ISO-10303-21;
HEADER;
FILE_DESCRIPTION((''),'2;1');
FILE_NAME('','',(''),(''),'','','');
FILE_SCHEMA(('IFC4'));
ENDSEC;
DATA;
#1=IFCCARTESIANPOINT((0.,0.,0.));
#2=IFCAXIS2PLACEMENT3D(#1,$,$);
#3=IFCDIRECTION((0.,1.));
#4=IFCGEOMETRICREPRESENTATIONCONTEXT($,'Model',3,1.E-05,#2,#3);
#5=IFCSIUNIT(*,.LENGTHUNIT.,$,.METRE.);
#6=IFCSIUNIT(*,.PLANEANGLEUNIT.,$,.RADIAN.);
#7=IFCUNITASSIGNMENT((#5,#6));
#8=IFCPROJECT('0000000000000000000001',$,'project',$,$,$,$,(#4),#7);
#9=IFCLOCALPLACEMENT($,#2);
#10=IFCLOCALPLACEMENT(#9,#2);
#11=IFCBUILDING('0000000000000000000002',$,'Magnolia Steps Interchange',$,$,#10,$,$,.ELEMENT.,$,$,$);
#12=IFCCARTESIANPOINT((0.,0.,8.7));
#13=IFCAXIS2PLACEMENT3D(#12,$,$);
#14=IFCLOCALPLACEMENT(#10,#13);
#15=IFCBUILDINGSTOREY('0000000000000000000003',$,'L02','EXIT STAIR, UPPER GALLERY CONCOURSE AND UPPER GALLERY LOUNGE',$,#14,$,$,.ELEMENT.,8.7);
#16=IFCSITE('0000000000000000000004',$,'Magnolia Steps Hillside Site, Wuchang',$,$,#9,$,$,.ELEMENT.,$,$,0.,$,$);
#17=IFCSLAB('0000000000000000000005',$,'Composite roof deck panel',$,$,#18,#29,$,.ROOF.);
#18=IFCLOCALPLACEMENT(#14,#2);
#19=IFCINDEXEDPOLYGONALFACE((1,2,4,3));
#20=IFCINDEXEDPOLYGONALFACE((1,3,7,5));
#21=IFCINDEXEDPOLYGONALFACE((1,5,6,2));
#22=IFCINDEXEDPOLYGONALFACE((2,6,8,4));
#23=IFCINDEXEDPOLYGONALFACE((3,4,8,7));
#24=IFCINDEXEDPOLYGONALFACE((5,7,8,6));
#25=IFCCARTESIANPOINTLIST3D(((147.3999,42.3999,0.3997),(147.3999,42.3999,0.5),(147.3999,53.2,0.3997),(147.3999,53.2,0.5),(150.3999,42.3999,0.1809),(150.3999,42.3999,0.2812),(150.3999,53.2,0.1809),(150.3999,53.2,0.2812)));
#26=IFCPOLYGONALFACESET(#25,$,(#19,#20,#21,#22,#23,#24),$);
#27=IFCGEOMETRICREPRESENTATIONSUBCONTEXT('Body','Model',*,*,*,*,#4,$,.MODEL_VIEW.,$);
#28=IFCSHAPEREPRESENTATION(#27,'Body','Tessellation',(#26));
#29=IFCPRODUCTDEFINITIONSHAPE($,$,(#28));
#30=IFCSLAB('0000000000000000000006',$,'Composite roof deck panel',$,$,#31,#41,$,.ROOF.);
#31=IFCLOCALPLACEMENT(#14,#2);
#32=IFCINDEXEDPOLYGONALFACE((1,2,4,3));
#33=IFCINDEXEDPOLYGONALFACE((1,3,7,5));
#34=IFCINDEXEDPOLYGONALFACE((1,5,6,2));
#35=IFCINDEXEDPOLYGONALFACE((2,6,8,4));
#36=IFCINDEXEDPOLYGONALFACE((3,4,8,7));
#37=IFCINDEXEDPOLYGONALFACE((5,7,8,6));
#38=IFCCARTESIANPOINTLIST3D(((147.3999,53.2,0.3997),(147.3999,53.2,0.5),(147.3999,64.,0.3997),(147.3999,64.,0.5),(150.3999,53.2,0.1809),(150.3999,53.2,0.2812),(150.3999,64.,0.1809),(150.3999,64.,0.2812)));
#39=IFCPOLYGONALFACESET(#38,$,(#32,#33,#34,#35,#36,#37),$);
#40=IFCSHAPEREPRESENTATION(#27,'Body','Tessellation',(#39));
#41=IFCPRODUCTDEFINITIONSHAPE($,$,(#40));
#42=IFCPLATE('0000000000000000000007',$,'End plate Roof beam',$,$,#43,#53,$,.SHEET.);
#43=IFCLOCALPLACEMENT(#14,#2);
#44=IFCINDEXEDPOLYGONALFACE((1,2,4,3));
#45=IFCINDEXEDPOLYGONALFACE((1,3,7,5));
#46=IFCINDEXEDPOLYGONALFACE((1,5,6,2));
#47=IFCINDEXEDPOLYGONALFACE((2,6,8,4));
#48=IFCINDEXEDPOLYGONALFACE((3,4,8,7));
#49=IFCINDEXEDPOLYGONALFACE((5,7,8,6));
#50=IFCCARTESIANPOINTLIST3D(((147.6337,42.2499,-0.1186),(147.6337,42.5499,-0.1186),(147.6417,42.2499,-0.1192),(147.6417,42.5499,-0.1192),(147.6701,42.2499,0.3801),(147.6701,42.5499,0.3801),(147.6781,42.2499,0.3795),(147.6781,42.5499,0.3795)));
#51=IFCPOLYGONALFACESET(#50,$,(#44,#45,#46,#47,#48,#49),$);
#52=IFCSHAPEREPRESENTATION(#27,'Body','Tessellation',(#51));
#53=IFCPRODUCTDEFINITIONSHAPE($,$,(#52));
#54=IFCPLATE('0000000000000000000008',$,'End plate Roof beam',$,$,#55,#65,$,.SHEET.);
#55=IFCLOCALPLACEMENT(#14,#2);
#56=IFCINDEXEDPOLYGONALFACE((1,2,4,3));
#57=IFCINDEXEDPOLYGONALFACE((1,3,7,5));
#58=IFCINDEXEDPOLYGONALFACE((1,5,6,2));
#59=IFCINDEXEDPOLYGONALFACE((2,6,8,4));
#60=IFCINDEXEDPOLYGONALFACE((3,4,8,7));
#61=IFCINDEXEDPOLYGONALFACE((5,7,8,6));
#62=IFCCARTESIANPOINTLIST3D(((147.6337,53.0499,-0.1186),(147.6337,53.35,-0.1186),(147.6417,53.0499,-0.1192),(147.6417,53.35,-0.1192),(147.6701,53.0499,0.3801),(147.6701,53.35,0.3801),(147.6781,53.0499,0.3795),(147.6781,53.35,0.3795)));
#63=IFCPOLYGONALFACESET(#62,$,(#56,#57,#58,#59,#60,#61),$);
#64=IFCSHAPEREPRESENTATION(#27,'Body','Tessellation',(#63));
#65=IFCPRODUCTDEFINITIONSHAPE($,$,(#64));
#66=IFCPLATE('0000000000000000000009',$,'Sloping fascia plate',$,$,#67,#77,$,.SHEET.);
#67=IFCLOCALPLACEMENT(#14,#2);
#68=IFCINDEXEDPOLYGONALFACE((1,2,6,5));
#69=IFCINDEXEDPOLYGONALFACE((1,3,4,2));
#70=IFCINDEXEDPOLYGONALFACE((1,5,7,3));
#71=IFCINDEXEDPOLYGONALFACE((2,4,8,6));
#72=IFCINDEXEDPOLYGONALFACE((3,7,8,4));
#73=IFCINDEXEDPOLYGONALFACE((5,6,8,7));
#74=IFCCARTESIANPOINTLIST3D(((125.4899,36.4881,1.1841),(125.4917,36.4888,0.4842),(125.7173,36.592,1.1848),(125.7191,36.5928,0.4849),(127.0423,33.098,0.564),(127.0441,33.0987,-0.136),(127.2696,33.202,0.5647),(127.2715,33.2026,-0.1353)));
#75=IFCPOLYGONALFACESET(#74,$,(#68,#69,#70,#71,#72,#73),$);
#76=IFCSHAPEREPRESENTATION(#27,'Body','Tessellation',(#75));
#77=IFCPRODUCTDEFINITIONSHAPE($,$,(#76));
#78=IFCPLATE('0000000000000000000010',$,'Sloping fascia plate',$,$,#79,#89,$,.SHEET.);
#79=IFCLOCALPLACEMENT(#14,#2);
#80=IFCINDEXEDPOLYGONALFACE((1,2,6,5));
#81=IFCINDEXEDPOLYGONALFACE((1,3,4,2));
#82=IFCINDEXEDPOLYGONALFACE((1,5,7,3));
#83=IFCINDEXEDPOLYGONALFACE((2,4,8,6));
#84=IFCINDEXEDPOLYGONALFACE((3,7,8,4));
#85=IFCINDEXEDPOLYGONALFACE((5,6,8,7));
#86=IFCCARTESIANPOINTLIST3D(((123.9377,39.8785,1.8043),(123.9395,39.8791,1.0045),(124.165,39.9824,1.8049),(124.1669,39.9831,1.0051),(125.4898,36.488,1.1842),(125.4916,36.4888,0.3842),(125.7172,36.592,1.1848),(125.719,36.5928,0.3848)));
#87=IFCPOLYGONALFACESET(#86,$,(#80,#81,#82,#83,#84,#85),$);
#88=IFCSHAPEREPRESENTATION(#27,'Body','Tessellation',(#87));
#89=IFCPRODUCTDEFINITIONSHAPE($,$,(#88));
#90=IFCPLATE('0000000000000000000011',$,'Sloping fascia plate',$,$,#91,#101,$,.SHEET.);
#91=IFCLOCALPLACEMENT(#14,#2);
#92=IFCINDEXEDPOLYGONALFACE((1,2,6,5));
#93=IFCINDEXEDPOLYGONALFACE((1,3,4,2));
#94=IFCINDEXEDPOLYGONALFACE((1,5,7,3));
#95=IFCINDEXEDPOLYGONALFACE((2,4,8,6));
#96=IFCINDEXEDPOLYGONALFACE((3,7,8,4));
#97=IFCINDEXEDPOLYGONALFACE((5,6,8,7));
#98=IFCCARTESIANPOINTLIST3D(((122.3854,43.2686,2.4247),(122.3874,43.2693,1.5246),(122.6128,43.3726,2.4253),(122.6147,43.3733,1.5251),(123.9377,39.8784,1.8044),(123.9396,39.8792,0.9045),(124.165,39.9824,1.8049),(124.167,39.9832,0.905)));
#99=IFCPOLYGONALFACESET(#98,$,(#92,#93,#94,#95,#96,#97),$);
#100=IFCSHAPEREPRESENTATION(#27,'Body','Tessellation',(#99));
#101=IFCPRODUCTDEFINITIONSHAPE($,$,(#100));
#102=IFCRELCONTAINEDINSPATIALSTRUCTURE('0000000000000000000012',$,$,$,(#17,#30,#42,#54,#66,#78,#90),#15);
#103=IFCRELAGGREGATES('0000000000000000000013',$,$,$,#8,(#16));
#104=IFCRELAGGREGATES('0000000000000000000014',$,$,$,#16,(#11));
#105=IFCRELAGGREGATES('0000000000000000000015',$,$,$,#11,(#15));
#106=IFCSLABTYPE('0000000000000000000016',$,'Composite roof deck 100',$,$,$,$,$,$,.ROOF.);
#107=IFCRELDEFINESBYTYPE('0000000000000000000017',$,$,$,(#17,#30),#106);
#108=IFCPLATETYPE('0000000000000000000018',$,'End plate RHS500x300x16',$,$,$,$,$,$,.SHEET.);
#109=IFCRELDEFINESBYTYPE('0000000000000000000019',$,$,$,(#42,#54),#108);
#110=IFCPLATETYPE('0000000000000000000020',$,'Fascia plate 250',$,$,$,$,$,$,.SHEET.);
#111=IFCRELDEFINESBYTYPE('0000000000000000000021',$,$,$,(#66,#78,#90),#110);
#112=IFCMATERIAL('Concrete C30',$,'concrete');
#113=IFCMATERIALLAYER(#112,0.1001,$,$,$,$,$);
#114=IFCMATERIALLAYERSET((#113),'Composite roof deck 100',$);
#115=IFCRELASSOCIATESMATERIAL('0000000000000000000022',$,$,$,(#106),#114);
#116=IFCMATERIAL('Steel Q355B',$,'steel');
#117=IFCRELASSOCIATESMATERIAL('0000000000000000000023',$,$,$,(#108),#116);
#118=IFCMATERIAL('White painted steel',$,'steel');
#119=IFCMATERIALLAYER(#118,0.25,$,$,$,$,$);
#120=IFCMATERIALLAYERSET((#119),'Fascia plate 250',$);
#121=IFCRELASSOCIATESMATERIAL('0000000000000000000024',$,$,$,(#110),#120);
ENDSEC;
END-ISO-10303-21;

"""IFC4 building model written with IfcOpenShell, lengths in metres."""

from ifc_helpers import new_model, si_unit, direction, frame, origin, origin_2d, place, context, subcontext, project, spatial, polyline, rectangle, outline, extrude, material, layer, layer_set, material_profile, profile_set, type_object, element, save


model = new_model("IFC4")

# Units and contexts
model_context = context("Model", 3, precision=1e-05, world=origin(), true_north=direction((0.0, 1.0)))
body_context = subcontext(model_context, "Body", "Model", "MODEL_VIEW")
ifc_project = project(units=[si_unit("LENGTHUNIT", "METRE"), si_unit("PLANEANGLEUNIT", "RADIAN")], contexts=[model_context])

# Site, building, storey
site_placement = place(None, origin())
site = spatial("IfcSite", under=ifc_project, at=site_placement, Name="Magnolia Steps Hillside Site, Wuchang", CompositionType="ELEMENT", RefElevation=0.0)
building_placement = place(site_placement, origin())
building = spatial("IfcBuilding", under=site, at=building_placement, Name="Magnolia Steps Interchange", CompositionType="ELEMENT")
storey_placement = place(building_placement, frame((0.0, 0.0, 8.7)))
storey = spatial("IfcBuildingStorey", under=building, at=storey_placement, Name="L02", Description="EXIT STAIR, UPPER GALLERY CONCOURSE AND UPPER GALLERY LOUNGE", CompositionType="ELEMENT", Elevation=8.7)

# Slabs
ifc_material_1 = material(Name="Concrete C30", Category="concrete")
ifc_layer_1 = layer(ifc_material_1, 0.1001)
ifc_layer_set_1 = layer_set([ifc_layer_1], Name="Composite roof deck 100")
slab_type = type_object("IfcSlabType", Name="Composite roof deck 100", PredefinedType="ROOF", material=ifc_layer_set_1)
for number, where, z_axis, x_axis, name in (
    (1, (147.3999, 42.3999, 0.5), (0.072724, 0.0, 0.997352), (0.997352, 0.0, -0.072724), "Composite roof deck panel"),
    (2, (147.3999, 53.2, 0.5), (0.072724, 0.0, 0.997352), (0.997352, 0.0, -0.072724), "Composite roof deck panel"),
):
    element("IfcSlab", number, at=place(storey_placement, frame(where, z_axis=z_axis, x_axis=x_axis)), inside=storey, type_object=slab_type, Name=name, PredefinedType="ROOF", context=body_context, shape_type="SweptSolid", body=[
        extrude(outline(polyline([(0.0, 0.0), (3.008, 0.0), (3.008, 10.8), (0.0, 10.8), (0.0, 0.0)])), origin(), (0.072724, 0.0, -0.997352), 0.1003),
    ])

# Plates
ifc_material_2 = material(Name="Steel Q355B", Category="steel")
ifc_material_profile_1 = material_profile(ifc_material_2, rectangle(XDim=0.3, YDim=0.5, at=origin_2d()), Name="End plate RHS500x300x16")
ifc_profile_set_1 = profile_set([ifc_material_profile_1], Name="Steel Q355B")
plate_type_1 = type_object("IfcPlateType", Name="End plate RHS500x300x16", PredefinedType="SHEET", material=ifc_profile_set_1)
for number, where, z_axis, x_axis, name in (
    (3, (147.6599, 42.3999, 0.1301), (-0.997352, 0.0, 0.072727), (0.0, -1.0, 0.0), "End plate Roof beam"),
    (4, (147.6599, 53.2, 0.1301), (-0.997352, 0.0, 0.072727), (0.0, -1.0, 0.0), "End plate Roof beam"),
):
    element("IfcPlate", number, at=place(storey_placement, frame(where, z_axis=z_axis, x_axis=x_axis)), inside=storey, type_object=plate_type_1, Name=name, PredefinedType="SHEET", context=body_context, shape_type="SweptSolid", body=[
        extrude(rectangle(XDim=0.3, YDim=0.5, at=origin_2d()), origin(), (0.0, 0.0, 1.0), 0.0081),
    ])
ifc_material_3 = material(Name="White painted steel", Category="steel")
ifc_layer_2 = layer(ifc_material_3, 0.25)
ifc_layer_set_2 = layer_set([ifc_layer_2], Name="Fascia plate 250")
plate_type_2 = type_object("IfcPlateType", Name="Fascia plate 250", PredefinedType="SHEET", material=ifc_layer_set_2)
plate_1_placement = place(storey_placement, frame((127.2715, 33.2026, -0.1353), z_axis=(0.909403, 0.415907, 0.002814), x_axis=(-0.410694, 0.896893, 0.164056)))
element("IfcPlate", 5, at=plate_1_placement, inside=storey, type_object=plate_type_2, Name="Sloping fascia plate", PredefinedType="SHEET", context=body_context, shape_type="SweptSolid", body=[
    extrude(outline(polyline([(0.0, 0.0), (3.7799, 0.0), (3.8948, 0.6905), (0.115, 0.6904), (0.0, 0.0)])), origin(), (0.0, 0.0, -1.0), 0.25),
])
plate_2_placement = place(storey_placement, frame((125.719, 36.5928, 0.3848), z_axis=(0.909415, 0.415882, 0.002462), x_axis=(-0.410612, 0.896919, 0.164118)))
element("IfcPlate", 6, at=plate_2_placement, inside=storey, type_object=plate_type_2, Name="Sloping fascia plate", PredefinedType="SHEET", context=body_context, shape_type="SweptSolid", body=[
    extrude(outline(polyline([(0.0, 0.0), (3.78, 0.0), (3.9114, 0.7889), (0.1313, 0.7892), (0.0, 0.0)])), origin(), (0.0, 0.0, -1.0), 0.25),
])
plate_3_placement = place(storey_placement, frame((124.167, 39.9832, 0.905), z_axis=(0.909382, 0.415957, 0.002312), x_axis=(-0.410667, 0.896904, 0.16406)))
element("IfcPlate", 7, at=plate_3_placement, inside=storey, type_object=plate_type_2, Name="Sloping fascia plate", PredefinedType="SHEET", context=body_context, shape_type="SweptSolid", body=[
    extrude(outline(polyline([(0.0, 0.0), (3.7798, 0.0), (3.9276, 0.8879), (0.1478, 0.8877), (0.0, 0.0)])), origin(), (0.0, 0.0, -1.0), 0.25),
])

save(model, "model.ifc")
